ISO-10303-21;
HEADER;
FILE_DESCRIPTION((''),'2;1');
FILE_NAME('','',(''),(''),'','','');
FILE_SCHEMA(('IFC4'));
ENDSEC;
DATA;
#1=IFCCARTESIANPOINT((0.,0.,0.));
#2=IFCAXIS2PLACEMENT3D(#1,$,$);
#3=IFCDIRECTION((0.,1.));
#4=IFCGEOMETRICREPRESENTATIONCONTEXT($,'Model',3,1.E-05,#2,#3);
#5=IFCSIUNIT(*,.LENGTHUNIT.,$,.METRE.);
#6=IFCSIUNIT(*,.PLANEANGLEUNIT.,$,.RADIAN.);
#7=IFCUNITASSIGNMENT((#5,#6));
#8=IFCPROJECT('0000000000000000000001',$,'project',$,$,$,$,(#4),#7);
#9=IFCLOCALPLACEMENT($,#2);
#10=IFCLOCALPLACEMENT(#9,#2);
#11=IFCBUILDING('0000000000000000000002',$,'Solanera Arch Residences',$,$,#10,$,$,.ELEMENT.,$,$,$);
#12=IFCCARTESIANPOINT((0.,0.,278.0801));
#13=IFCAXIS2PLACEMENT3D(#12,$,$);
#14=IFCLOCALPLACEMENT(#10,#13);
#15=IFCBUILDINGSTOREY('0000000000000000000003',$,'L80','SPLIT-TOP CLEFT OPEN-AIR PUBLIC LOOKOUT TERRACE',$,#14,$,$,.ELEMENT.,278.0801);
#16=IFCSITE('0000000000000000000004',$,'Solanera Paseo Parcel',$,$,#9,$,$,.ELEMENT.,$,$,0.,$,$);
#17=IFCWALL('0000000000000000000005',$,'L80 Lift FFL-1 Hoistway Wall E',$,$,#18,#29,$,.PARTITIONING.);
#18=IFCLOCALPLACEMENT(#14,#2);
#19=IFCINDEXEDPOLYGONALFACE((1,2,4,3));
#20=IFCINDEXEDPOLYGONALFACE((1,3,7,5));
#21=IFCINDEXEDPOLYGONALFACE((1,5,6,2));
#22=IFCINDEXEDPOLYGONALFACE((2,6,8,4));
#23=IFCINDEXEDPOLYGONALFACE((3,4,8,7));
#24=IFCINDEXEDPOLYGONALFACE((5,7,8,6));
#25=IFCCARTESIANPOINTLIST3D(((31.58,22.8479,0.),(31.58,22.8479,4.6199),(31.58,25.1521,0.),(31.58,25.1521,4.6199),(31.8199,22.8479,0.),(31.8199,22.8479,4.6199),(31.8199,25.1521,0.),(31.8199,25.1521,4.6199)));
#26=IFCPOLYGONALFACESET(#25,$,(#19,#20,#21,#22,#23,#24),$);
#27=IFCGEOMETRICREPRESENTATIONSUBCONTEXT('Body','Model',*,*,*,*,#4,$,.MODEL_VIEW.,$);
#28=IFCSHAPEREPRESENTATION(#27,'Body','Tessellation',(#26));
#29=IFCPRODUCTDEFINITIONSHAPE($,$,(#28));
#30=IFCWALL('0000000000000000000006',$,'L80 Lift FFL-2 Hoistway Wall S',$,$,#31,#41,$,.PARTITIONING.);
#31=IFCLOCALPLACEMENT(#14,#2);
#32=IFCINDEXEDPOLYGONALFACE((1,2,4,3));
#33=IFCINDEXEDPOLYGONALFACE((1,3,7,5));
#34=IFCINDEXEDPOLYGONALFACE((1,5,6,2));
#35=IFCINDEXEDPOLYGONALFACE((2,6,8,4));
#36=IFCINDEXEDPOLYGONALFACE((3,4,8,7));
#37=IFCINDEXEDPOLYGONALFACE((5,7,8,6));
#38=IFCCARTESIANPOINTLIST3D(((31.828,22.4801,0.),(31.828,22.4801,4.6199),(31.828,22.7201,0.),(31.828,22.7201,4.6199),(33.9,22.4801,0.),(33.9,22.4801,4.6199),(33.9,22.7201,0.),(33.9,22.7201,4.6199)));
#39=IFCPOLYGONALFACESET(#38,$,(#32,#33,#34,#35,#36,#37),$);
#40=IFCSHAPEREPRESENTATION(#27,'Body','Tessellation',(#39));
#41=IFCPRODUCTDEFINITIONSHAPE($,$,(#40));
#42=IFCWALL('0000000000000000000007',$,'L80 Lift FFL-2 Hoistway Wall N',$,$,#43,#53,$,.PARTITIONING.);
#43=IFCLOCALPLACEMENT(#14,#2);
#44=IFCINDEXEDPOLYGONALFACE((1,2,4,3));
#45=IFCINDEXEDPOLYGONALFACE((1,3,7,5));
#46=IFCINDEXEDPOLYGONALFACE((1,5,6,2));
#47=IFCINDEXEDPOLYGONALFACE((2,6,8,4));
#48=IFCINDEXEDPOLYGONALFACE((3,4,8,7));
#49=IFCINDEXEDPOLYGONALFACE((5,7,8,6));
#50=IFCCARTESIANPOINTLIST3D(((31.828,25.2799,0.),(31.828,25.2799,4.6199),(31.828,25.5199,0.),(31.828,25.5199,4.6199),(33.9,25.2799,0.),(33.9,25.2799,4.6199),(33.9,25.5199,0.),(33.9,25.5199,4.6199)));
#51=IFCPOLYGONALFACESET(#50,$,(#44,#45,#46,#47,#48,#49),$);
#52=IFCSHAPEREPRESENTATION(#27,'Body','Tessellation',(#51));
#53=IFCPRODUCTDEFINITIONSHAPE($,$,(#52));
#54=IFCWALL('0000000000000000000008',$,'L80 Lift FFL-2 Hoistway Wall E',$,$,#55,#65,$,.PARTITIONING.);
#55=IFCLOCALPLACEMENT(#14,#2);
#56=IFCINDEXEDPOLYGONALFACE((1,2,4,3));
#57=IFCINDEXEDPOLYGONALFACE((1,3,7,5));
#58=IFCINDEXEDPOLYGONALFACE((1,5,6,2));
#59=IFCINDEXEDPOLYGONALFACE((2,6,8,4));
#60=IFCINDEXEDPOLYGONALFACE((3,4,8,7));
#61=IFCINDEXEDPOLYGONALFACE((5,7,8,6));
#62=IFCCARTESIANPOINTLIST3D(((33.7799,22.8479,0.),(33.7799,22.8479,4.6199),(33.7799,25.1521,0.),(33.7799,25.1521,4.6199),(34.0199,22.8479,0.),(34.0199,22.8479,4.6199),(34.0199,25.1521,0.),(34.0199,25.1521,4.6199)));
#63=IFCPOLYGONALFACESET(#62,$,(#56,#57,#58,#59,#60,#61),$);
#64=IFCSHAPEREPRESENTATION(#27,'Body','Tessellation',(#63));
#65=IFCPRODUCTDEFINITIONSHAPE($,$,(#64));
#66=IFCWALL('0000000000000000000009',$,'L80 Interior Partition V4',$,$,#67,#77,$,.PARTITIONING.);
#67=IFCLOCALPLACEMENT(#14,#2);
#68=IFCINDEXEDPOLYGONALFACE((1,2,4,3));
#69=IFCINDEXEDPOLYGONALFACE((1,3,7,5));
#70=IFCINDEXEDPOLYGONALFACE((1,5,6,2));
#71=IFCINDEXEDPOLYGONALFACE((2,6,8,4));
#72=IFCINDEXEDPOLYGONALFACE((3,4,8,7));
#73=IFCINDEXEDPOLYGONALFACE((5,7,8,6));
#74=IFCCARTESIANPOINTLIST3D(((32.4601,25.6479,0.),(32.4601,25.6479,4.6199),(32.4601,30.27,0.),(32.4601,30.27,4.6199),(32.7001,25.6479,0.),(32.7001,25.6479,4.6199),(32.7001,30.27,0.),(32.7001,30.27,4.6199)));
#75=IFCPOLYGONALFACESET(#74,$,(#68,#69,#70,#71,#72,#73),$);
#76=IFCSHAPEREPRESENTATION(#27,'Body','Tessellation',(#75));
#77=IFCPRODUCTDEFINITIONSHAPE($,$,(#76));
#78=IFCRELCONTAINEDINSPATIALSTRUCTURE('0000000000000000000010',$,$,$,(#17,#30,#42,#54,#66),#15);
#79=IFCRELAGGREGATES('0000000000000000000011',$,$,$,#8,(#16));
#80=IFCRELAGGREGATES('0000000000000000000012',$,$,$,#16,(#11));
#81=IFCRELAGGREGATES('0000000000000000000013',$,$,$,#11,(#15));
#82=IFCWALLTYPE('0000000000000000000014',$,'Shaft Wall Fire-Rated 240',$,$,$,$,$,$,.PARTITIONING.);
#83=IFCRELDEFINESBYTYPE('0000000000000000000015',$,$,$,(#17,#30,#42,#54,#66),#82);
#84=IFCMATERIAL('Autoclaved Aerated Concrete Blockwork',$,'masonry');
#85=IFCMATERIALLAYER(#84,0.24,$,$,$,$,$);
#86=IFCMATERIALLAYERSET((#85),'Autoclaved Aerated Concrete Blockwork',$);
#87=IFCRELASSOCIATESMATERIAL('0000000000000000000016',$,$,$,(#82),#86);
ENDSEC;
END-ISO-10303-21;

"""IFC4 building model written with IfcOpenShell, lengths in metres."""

from ifc_helpers import new_model, si_unit, direction, frame, frame_2d, origin, place, context, subcontext, project, spatial, rectangle, extrude, material, layer, layer_set, type_object, element, save


model = new_model("IFC4")

# Units and contexts
model_context = context("Model", 3, precision=1e-05, world=origin(), true_north=direction((0.0, 1.0)))
body_context = subcontext(model_context, "Body", "Model", "MODEL_VIEW")
ifc_project = project(units=[si_unit("LENGTHUNIT", "METRE"), si_unit("PLANEANGLEUNIT", "RADIAN")], contexts=[model_context])

# Site, building, storey
site_placement = place(None, origin())
site = spatial("IfcSite", under=ifc_project, at=site_placement, Name="Solanera Paseo Parcel", CompositionType="ELEMENT", RefElevation=0.0)
building_placement = place(site_placement, origin())
building = spatial("IfcBuilding", under=site, at=building_placement, Name="Solanera Arch Residences", CompositionType="ELEMENT")
storey_placement = place(building_placement, frame((0.0, 0.0, 278.0801)))
storey = spatial("IfcBuildingStorey", under=building, at=storey_placement, Name="L80", Description="SPLIT-TOP CLEFT OPEN-AIR PUBLIC LOOKOUT TERRACE", CompositionType="ELEMENT", Elevation=278.0801)

# Walls
ifc_material_1 = material(Name="Autoclaved Aerated Concrete Blockwork", Category="masonry")
ifc_layer_1 = layer(ifc_material_1, 0.24)
ifc_layer_set_1 = layer_set([ifc_layer_1], Name="Autoclaved Aerated Concrete Blockwork")
wall_type_1 = type_object("IfcWallType", Name="Shaft Wall Fire-Rated 240", PredefinedType="PARTITIONING", material=ifc_layer_set_1)
wall_1_placement = place(storey_placement, frame((31.7, 22.8479, 0.0), z_axis=(0.0, 0.0, 1.0), x_axis=(0.0, 1.0, 0.0)))
element("IfcWall", 1, at=wall_1_placement, inside=storey, type_object=wall_type_1, Name="L80 Lift FFL-1 Hoistway Wall E", PredefinedType="PARTITIONING", context=body_context, shape_type="SweptSolid", body=[
    extrude(rectangle(XDim=2.3042, YDim=0.24, at=frame_2d((1.1521, 0.0))), origin(), (0.0, 0.0, 1.0), 4.6199),
])
for number, where, z_axis, x_axis, name in (
    (2, (31.8279, 22.6001, 0.0), (0.0, 0.0, 1.0), (1.0, 0.0, 0.0), "L80 Lift FFL-2 Hoistway Wall S"),
    (3, (31.8279, 25.3999, 0.0), (0.0, 0.0, 1.0), (1.0, 0.0, 0.0), "L80 Lift FFL-2 Hoistway Wall N"),
):
    element("IfcWall", number, at=place(storey_placement, frame(where, z_axis=z_axis, x_axis=x_axis)), inside=storey, type_object=wall_type_1, Name=name, PredefinedType="PARTITIONING", context=body_context, shape_type="SweptSolid", body=[
        extrude(rectangle(XDim=2.072, YDim=0.24, at=frame_2d((1.0361, 0.0))), origin(), (0.0, 0.0, 1.0), 4.6199),
    ])
wall_2_placement = place(storey_placement, frame((33.8999, 22.8479, 0.0), z_axis=(0.0, 0.0, 1.0), x_axis=(0.0, 1.0, 0.0)))
element("IfcWall", 4, at=wall_2_placement, inside=storey, type_object=wall_type_1, Name="L80 Lift FFL-2 Hoistway Wall E", PredefinedType="PARTITIONING", context=body_context, shape_type="SweptSolid", body=[
    extrude(rectangle(XDim=2.3042, YDim=0.24, at=frame_2d((1.1521, 0.0))), origin(), (0.0, 0.0, 1.0), 4.6199),
])
wall_3_placement = place(storey_placement, frame((32.5801, 25.6479, 0.0), z_axis=(0.0, 0.0, 1.0), x_axis=(0.0, 1.0, 0.0)))
element("IfcWall", 5, at=wall_3_placement, inside=storey, type_object=wall_type_1, Name="L80 Interior Partition V4", PredefinedType="PARTITIONING", context=body_context, shape_type="SweptSolid", body=[
    extrude(rectangle(XDim=4.6221, YDim=0.24, at=frame_2d((2.311, 0.0))), origin(), (0.0, 0.0, 1.0), 4.6199),
])

save(model, "model.ifc")
